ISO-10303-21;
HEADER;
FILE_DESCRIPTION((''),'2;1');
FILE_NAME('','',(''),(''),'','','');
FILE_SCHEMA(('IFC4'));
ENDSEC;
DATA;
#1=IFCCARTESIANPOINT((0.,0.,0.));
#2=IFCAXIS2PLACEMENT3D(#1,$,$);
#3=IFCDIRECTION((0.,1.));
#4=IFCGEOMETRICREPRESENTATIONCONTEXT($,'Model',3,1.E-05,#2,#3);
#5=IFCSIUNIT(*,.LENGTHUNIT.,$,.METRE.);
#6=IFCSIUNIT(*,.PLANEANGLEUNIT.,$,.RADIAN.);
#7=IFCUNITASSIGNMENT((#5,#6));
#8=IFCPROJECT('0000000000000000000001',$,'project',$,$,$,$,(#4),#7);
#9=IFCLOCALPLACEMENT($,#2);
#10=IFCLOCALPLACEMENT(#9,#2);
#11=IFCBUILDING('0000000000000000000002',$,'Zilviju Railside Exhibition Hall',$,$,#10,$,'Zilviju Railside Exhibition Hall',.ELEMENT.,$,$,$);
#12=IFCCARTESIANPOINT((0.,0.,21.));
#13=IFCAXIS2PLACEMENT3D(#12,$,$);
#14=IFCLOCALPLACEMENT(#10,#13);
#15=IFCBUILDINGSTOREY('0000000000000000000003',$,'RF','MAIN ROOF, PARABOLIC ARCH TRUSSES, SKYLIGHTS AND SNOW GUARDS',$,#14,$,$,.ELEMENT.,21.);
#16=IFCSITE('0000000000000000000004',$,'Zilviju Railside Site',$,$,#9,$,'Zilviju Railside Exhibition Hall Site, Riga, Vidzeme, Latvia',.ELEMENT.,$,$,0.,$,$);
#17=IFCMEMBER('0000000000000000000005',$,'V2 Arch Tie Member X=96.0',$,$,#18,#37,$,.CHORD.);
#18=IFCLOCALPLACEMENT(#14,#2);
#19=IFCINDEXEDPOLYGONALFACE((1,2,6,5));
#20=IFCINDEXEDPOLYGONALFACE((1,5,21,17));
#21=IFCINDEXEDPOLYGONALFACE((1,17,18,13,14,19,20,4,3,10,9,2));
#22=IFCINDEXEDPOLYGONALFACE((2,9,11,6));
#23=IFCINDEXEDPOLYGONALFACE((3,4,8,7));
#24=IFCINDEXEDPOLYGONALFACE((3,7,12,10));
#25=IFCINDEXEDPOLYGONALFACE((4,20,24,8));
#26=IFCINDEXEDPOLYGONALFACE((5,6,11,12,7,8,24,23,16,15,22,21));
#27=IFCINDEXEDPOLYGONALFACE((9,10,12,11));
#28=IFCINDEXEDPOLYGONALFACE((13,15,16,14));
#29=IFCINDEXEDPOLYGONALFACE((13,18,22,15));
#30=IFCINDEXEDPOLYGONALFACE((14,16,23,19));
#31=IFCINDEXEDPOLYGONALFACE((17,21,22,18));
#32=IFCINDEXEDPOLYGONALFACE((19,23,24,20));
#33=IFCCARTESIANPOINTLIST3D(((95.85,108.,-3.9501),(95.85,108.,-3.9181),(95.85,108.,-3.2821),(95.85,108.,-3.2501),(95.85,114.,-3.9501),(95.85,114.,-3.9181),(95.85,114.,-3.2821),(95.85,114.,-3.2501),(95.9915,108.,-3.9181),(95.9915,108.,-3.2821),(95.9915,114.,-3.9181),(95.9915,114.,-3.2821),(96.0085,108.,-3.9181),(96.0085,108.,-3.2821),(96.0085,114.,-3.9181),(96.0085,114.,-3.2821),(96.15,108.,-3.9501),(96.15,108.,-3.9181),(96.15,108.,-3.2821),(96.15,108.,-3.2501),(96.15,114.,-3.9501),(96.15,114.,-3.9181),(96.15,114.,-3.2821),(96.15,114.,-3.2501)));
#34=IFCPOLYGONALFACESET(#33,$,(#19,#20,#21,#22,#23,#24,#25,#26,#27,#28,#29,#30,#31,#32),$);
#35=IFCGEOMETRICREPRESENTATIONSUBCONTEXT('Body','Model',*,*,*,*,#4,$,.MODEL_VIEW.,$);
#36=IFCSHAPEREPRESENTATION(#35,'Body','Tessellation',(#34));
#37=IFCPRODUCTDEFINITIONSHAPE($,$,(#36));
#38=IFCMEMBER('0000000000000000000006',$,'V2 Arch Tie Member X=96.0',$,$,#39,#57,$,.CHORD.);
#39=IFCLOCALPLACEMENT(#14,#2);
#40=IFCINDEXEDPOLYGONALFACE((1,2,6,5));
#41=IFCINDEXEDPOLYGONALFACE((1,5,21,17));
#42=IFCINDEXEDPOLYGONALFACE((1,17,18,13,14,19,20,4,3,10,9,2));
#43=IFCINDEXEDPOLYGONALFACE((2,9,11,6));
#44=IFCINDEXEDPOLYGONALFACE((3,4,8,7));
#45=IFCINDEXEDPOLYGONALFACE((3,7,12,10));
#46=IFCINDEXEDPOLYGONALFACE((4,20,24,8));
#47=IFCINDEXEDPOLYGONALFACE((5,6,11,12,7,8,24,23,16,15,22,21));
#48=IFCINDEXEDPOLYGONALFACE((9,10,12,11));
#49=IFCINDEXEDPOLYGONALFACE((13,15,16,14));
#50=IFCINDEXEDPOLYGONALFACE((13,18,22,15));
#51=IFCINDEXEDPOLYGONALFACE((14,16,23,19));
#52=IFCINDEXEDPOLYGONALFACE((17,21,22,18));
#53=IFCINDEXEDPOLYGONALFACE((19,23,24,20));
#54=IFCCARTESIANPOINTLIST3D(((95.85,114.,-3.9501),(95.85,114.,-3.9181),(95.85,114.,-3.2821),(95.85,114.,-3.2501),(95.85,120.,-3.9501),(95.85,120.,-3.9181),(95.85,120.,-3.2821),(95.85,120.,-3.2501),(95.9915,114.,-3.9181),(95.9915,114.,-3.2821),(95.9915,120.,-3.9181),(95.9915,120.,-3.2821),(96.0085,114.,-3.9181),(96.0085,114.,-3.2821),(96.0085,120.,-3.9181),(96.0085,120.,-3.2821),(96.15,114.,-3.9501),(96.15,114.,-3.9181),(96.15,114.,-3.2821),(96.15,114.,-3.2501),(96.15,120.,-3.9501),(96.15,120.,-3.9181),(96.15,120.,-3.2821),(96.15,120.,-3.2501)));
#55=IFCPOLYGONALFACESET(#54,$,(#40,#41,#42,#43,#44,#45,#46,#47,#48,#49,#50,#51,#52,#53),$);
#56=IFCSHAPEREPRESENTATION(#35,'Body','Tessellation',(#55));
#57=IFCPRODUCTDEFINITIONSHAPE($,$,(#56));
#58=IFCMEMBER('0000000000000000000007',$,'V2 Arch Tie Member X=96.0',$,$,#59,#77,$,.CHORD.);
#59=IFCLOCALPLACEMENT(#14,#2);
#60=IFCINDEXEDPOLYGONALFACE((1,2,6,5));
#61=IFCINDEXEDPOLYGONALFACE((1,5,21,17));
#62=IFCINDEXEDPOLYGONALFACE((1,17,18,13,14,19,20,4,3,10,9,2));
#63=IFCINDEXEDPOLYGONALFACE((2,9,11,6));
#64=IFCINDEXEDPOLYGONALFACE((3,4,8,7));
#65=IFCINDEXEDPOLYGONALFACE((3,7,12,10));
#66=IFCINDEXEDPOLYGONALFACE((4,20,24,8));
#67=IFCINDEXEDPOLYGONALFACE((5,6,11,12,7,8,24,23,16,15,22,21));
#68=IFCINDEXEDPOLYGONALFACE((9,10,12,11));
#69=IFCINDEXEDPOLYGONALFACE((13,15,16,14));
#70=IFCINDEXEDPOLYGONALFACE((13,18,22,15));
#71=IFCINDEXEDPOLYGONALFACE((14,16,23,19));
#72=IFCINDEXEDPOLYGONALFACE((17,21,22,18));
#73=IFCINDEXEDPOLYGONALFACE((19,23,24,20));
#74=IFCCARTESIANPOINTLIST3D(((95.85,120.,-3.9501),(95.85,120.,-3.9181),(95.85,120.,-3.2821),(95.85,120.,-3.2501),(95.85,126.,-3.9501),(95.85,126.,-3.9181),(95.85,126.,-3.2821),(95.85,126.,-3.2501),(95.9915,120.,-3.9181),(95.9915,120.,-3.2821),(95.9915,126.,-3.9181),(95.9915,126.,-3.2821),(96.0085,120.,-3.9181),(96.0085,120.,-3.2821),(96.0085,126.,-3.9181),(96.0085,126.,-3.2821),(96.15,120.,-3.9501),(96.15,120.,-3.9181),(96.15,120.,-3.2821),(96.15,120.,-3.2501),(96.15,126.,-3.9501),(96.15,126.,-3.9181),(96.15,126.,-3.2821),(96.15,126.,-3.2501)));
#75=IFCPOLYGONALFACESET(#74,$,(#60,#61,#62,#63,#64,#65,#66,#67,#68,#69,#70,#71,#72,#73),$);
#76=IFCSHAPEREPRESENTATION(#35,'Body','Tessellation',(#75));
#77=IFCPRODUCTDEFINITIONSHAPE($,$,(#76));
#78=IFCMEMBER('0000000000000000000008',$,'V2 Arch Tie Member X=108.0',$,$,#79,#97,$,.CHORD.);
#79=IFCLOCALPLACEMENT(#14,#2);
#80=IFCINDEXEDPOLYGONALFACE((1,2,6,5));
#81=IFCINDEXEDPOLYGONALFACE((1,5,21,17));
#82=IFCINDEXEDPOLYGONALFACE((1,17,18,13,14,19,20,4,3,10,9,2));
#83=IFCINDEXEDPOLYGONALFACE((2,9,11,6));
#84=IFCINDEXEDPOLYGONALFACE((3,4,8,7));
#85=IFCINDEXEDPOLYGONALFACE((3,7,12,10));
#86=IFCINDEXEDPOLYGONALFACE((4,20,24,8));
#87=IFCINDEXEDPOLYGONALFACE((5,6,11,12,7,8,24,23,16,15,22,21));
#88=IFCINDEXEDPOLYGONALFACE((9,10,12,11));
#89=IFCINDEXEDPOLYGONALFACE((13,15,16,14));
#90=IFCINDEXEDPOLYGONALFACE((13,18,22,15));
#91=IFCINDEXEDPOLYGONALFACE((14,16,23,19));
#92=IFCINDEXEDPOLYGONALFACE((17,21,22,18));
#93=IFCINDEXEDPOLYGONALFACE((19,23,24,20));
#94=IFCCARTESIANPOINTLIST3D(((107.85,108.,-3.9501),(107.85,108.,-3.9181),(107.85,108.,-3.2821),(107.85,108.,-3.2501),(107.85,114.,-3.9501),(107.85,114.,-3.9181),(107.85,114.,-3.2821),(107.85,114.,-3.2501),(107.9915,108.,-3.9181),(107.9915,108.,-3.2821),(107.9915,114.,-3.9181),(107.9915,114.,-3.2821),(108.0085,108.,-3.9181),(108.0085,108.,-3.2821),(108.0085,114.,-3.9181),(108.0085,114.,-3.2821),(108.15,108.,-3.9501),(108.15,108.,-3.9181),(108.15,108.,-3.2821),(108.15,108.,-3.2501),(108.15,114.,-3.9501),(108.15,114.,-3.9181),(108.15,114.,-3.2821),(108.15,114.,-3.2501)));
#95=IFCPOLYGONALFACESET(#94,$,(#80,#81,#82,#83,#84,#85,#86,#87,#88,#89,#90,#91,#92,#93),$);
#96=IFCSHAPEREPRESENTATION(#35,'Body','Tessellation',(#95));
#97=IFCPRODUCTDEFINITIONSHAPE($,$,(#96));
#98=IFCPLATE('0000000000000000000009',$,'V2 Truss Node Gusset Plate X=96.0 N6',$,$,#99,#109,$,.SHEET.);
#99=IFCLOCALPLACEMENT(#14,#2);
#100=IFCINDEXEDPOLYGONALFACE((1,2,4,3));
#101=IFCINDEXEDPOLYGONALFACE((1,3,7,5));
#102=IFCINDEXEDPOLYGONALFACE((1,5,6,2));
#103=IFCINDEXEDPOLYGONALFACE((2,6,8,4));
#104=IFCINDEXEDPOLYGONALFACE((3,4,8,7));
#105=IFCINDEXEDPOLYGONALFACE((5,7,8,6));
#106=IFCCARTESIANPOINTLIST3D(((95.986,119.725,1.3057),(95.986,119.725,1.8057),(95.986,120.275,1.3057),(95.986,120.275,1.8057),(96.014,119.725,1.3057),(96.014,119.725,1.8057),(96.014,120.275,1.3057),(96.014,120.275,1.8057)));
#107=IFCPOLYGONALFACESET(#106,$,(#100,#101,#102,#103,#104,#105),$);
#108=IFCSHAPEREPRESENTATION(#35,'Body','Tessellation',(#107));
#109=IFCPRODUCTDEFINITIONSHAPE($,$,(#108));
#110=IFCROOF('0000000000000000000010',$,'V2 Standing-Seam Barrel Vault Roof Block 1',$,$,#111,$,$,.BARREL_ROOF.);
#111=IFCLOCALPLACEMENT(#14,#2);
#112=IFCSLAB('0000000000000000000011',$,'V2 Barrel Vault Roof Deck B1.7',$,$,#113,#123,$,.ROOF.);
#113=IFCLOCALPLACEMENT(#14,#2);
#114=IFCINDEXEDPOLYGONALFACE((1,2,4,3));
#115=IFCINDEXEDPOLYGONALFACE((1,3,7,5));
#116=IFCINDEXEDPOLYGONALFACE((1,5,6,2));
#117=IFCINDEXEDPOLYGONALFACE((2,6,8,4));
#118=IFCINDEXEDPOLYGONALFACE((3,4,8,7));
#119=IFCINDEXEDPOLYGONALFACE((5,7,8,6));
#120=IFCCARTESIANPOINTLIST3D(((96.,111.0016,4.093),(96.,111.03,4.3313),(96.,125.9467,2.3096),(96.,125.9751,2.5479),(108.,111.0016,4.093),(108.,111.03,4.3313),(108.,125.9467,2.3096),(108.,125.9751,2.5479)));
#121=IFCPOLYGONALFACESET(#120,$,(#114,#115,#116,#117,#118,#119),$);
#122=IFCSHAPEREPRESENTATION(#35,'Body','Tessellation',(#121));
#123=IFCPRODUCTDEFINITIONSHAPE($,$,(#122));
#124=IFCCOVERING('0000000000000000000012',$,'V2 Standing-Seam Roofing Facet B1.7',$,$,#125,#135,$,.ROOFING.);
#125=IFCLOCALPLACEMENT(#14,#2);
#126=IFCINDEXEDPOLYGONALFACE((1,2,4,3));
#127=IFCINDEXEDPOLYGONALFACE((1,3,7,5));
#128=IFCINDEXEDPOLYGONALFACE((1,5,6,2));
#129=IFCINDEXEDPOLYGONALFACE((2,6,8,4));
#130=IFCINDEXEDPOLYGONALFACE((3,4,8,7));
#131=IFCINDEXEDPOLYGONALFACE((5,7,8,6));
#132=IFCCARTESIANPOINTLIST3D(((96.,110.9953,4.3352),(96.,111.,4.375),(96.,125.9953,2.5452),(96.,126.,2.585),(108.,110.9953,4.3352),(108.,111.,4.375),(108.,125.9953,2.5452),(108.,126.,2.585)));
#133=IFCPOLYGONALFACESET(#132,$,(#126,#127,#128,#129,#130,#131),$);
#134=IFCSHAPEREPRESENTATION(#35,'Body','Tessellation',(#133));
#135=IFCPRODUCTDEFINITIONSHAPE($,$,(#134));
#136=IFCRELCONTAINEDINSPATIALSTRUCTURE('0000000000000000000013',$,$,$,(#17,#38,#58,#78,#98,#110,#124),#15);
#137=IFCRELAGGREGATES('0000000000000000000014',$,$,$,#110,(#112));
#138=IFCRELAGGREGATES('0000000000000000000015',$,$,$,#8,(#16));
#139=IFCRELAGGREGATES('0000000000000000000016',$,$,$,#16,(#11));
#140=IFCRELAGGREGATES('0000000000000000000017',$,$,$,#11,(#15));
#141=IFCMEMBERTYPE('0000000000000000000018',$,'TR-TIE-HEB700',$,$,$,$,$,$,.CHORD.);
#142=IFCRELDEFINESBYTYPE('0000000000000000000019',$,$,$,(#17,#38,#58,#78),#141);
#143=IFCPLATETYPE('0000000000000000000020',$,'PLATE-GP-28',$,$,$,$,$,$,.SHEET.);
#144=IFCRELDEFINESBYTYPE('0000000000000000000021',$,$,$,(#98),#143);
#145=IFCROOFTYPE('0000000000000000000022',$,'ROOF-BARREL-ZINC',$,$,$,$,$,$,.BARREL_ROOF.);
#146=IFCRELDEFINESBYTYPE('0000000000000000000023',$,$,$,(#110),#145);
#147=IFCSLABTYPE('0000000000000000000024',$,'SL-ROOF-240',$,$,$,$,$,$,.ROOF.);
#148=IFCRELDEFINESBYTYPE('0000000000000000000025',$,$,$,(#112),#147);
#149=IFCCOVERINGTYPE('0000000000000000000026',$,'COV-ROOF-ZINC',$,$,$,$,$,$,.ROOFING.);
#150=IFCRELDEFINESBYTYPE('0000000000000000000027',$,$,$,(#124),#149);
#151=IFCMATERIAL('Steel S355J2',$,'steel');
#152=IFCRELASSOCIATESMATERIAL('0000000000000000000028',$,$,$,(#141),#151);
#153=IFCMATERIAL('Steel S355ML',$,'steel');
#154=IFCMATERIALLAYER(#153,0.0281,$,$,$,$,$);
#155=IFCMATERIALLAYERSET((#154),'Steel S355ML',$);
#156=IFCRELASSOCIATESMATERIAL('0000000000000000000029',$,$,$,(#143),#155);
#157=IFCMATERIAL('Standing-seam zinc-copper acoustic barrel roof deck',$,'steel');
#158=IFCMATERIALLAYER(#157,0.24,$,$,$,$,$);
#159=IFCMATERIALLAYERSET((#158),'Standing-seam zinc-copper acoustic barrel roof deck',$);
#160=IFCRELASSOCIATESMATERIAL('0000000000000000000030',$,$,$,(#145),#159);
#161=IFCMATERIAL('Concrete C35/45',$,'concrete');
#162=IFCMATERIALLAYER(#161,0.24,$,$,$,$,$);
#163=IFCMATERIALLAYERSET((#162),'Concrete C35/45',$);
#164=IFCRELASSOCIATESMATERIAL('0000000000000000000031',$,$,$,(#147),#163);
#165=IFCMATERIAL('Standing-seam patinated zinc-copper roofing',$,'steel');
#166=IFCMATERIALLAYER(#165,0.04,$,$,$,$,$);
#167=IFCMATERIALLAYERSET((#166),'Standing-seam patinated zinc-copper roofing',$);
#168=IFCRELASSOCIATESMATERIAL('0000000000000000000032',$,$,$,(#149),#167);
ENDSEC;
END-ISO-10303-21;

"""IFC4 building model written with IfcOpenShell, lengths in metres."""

from ifc_helpers import new_model, si_unit, direction, frame, origin, origin_2d, place, context, subcontext, project, spatial, polyline, rectangle, i_section, outline, extrude, material, layer, layer_set, material_profile, profile_set, type_object, element, aggregate, save


model = new_model("IFC4")

# Units and contexts
model_context = context("Model", 3, precision=1e-05, world=origin(), true_north=direction((0.0, 1.0)))
body_context = subcontext(model_context, "Body", "Model", "MODEL_VIEW")
ifc_project = project(units=[si_unit("LENGTHUNIT", "METRE"), si_unit("PLANEANGLEUNIT", "RADIAN")], contexts=[model_context])

# Site, building, storey
site_placement = place(None, origin())
site = spatial("IfcSite", under=ifc_project, at=site_placement, Name="Zilviju Railside Site", LongName="Zilviju Railside Exhibition Hall Site, Riga, Vidzeme, Latvia", CompositionType="ELEMENT", RefElevation=0.0)
building_placement = place(site_placement, origin())
building = spatial("IfcBuilding", under=site, at=building_placement, Name="Zilviju Railside Exhibition Hall", LongName="Zilviju Railside Exhibition Hall", CompositionType="ELEMENT")
storey_placement = place(building_placement, frame((0.0, 0.0, 21.0)))
storey = spatial("IfcBuildingStorey", under=building, at=storey_placement, Name="RF", Description="MAIN ROOF, PARABOLIC ARCH TRUSSES, SKYLIGHTS AND SNOW GUARDS", CompositionType="ELEMENT", Elevation=21.0)

# Members
ifc_material_1 = material(Name="Steel S355J2", Category="steel")
ifc_material_profile_1 = material_profile(ifc_material_1, i_section(OverallWidth=0.3, OverallDepth=0.7, WebThickness=0.0171, FlangeThickness=0.032, at=origin_2d()), Name="HEB 700")
ifc_profile_set_1 = profile_set([ifc_material_profile_1], Name="Steel S355J2")
member_type_1 = type_object("IfcMemberType", Name="TR-TIE-HEB700", PredefinedType="CHORD", material=ifc_profile_set_1)
for number, where, z_axis, x_axis, name in (
    (1, (96.0, 108.0, -3.6001), (0.0, 1.0, 0.0), (-1.0, 0.0, 0.0), "V2 Arch Tie Member X=96.0"),
    (2, (96.0, 114.0, -3.6001), (0.0, 1.0, 0.0), (-1.0, 0.0, 0.0), "V2 Arch Tie Member X=96.0"),
    (3, (96.0, 120.0, -3.6001), (0.0, 1.0, 0.0), (-1.0, 0.0, 0.0), "V2 Arch Tie Member X=96.0"),
    (4, (108.0, 108.0, -3.6001), (0.0, 1.0, 0.0), (-1.0, 0.0, 0.0), "V2 Arch Tie Member X=108.0"),
):
    element("IfcMember", number, at=place(storey_placement, frame(where, z_axis=z_axis, x_axis=x_axis)), inside=storey, type_object=member_type_1, Name=name, PredefinedType="CHORD", context=body_context, shape_type="SweptSolid", body=[
        extrude(i_section(OverallWidth=0.3, OverallDepth=0.7, WebThickness=0.0171, FlangeThickness=0.032, at=origin_2d()), origin(), (0.0, 0.0, 1.0), 6.0),
    ])

# Plate
ifc_material_2 = material(Name="Steel S355ML", Category="steel")
ifc_layer_1 = layer(ifc_material_2, 0.0281)
ifc_layer_set_1 = layer_set([ifc_layer_1], Name="Steel S355ML")
plate_type = type_object("IfcPlateType", Name="PLATE-GP-28", PredefinedType="SHEET", material=ifc_layer_set_1)
plate_placement = place(storey_placement, frame((96.0, 120.0, 1.3057), z_axis=(0.0, 0.0, 1.0), x_axis=(1.0, 0.0, 0.0)))
element("IfcPlate", 5, at=plate_placement, inside=storey, type_object=plate_type, Name="V2 Truss Node Gusset Plate X=96.0 N6", PredefinedType="SHEET", context=body_context, shape_type="SweptSolid", body=[
    extrude(rectangle(XDim=0.0281, YDim=0.55, at=origin_2d()), origin(), (0.0, 0.0, 1.0), 0.5),
])

# Roof, slab
ifc_material_3 = material(Name="Standing-seam zinc-copper acoustic barrel roof deck", Category="steel")
ifc_layer_2 = layer(ifc_material_3, 0.24)
ifc_layer_set_2 = layer_set([ifc_layer_2], Name="Standing-seam zinc-copper acoustic barrel roof deck")
roof_type = type_object("IfcRoofType", Name="ROOF-BARREL-ZINC", PredefinedType="BARREL_ROOF", material=ifc_layer_set_2)
roof_placement = place(storey_placement, origin())
roof = element("IfcRoof", 6, at=roof_placement, inside=storey, type_object=roof_type, Name="V2 Standing-Seam Barrel Vault Roof Block 1", PredefinedType="BARREL_ROOF")
ifc_material_4 = material(Name="Concrete C35/45", Category="concrete")
ifc_layer_3 = layer(ifc_material_4, 0.24)
ifc_layer_set_3 = layer_set([ifc_layer_3], Name="Concrete C35/45")
slab_type = type_object("IfcSlabType", Name="SL-ROOF-240", PredefinedType="ROOF", material=ifc_layer_set_3)
slab_placement = place(storey_placement, frame((96.0, 111.03, 4.3313), z_axis=(0.0, 0.118493, 0.992955), x_axis=(1.0, 0.0, 0.0)))
slab = element("IfcSlab", 7, at=slab_placement, type_object=slab_type, Name="V2 Barrel Vault Roof Deck B1.7", PredefinedType="ROOF", context=body_context, shape_type="SweptSolid", body=[
    extrude(outline(polyline([(0.0, 0.0), (12.0, 0.0), (12.0, 15.0511), (0.0, 15.0511), (0.0, 0.0)])), origin(), (0.0, 0.0, -1.0), 0.24),
])
aggregate(roof, [slab])

# Covering
ifc_material_5 = material(Name="Standing-seam patinated zinc-copper roofing", Category="steel")
ifc_layer_4 = layer(ifc_material_5, 0.04)
ifc_layer_set_4 = layer_set([ifc_layer_4], Name="Standing-seam patinated zinc-copper roofing")
covering_type = type_object("IfcCoveringType", Name="COV-ROOF-ZINC", PredefinedType="ROOFING", material=ifc_layer_set_4)
covering_placement = place(storey_placement, frame((96.0, 111.0, 4.375), z_axis=(0.0, 0.118495, 0.992955), x_axis=(1.0, 0.0, 0.0)))
element("IfcCovering", 8, at=covering_placement, inside=storey, type_object=covering_type, Name="V2 Standing-Seam Roofing Facet B1.7", PredefinedType="ROOFING", context=body_context, shape_type="SweptSolid", body=[
    extrude(outline(polyline([(0.0, 0.0), (12.0, 0.0), (12.0, 15.1064), (0.0, 15.1064), (0.0, 0.0)])), origin(), (0.0, 0.0, -1.0), 0.04),
])

save(model, "model.ifc")
